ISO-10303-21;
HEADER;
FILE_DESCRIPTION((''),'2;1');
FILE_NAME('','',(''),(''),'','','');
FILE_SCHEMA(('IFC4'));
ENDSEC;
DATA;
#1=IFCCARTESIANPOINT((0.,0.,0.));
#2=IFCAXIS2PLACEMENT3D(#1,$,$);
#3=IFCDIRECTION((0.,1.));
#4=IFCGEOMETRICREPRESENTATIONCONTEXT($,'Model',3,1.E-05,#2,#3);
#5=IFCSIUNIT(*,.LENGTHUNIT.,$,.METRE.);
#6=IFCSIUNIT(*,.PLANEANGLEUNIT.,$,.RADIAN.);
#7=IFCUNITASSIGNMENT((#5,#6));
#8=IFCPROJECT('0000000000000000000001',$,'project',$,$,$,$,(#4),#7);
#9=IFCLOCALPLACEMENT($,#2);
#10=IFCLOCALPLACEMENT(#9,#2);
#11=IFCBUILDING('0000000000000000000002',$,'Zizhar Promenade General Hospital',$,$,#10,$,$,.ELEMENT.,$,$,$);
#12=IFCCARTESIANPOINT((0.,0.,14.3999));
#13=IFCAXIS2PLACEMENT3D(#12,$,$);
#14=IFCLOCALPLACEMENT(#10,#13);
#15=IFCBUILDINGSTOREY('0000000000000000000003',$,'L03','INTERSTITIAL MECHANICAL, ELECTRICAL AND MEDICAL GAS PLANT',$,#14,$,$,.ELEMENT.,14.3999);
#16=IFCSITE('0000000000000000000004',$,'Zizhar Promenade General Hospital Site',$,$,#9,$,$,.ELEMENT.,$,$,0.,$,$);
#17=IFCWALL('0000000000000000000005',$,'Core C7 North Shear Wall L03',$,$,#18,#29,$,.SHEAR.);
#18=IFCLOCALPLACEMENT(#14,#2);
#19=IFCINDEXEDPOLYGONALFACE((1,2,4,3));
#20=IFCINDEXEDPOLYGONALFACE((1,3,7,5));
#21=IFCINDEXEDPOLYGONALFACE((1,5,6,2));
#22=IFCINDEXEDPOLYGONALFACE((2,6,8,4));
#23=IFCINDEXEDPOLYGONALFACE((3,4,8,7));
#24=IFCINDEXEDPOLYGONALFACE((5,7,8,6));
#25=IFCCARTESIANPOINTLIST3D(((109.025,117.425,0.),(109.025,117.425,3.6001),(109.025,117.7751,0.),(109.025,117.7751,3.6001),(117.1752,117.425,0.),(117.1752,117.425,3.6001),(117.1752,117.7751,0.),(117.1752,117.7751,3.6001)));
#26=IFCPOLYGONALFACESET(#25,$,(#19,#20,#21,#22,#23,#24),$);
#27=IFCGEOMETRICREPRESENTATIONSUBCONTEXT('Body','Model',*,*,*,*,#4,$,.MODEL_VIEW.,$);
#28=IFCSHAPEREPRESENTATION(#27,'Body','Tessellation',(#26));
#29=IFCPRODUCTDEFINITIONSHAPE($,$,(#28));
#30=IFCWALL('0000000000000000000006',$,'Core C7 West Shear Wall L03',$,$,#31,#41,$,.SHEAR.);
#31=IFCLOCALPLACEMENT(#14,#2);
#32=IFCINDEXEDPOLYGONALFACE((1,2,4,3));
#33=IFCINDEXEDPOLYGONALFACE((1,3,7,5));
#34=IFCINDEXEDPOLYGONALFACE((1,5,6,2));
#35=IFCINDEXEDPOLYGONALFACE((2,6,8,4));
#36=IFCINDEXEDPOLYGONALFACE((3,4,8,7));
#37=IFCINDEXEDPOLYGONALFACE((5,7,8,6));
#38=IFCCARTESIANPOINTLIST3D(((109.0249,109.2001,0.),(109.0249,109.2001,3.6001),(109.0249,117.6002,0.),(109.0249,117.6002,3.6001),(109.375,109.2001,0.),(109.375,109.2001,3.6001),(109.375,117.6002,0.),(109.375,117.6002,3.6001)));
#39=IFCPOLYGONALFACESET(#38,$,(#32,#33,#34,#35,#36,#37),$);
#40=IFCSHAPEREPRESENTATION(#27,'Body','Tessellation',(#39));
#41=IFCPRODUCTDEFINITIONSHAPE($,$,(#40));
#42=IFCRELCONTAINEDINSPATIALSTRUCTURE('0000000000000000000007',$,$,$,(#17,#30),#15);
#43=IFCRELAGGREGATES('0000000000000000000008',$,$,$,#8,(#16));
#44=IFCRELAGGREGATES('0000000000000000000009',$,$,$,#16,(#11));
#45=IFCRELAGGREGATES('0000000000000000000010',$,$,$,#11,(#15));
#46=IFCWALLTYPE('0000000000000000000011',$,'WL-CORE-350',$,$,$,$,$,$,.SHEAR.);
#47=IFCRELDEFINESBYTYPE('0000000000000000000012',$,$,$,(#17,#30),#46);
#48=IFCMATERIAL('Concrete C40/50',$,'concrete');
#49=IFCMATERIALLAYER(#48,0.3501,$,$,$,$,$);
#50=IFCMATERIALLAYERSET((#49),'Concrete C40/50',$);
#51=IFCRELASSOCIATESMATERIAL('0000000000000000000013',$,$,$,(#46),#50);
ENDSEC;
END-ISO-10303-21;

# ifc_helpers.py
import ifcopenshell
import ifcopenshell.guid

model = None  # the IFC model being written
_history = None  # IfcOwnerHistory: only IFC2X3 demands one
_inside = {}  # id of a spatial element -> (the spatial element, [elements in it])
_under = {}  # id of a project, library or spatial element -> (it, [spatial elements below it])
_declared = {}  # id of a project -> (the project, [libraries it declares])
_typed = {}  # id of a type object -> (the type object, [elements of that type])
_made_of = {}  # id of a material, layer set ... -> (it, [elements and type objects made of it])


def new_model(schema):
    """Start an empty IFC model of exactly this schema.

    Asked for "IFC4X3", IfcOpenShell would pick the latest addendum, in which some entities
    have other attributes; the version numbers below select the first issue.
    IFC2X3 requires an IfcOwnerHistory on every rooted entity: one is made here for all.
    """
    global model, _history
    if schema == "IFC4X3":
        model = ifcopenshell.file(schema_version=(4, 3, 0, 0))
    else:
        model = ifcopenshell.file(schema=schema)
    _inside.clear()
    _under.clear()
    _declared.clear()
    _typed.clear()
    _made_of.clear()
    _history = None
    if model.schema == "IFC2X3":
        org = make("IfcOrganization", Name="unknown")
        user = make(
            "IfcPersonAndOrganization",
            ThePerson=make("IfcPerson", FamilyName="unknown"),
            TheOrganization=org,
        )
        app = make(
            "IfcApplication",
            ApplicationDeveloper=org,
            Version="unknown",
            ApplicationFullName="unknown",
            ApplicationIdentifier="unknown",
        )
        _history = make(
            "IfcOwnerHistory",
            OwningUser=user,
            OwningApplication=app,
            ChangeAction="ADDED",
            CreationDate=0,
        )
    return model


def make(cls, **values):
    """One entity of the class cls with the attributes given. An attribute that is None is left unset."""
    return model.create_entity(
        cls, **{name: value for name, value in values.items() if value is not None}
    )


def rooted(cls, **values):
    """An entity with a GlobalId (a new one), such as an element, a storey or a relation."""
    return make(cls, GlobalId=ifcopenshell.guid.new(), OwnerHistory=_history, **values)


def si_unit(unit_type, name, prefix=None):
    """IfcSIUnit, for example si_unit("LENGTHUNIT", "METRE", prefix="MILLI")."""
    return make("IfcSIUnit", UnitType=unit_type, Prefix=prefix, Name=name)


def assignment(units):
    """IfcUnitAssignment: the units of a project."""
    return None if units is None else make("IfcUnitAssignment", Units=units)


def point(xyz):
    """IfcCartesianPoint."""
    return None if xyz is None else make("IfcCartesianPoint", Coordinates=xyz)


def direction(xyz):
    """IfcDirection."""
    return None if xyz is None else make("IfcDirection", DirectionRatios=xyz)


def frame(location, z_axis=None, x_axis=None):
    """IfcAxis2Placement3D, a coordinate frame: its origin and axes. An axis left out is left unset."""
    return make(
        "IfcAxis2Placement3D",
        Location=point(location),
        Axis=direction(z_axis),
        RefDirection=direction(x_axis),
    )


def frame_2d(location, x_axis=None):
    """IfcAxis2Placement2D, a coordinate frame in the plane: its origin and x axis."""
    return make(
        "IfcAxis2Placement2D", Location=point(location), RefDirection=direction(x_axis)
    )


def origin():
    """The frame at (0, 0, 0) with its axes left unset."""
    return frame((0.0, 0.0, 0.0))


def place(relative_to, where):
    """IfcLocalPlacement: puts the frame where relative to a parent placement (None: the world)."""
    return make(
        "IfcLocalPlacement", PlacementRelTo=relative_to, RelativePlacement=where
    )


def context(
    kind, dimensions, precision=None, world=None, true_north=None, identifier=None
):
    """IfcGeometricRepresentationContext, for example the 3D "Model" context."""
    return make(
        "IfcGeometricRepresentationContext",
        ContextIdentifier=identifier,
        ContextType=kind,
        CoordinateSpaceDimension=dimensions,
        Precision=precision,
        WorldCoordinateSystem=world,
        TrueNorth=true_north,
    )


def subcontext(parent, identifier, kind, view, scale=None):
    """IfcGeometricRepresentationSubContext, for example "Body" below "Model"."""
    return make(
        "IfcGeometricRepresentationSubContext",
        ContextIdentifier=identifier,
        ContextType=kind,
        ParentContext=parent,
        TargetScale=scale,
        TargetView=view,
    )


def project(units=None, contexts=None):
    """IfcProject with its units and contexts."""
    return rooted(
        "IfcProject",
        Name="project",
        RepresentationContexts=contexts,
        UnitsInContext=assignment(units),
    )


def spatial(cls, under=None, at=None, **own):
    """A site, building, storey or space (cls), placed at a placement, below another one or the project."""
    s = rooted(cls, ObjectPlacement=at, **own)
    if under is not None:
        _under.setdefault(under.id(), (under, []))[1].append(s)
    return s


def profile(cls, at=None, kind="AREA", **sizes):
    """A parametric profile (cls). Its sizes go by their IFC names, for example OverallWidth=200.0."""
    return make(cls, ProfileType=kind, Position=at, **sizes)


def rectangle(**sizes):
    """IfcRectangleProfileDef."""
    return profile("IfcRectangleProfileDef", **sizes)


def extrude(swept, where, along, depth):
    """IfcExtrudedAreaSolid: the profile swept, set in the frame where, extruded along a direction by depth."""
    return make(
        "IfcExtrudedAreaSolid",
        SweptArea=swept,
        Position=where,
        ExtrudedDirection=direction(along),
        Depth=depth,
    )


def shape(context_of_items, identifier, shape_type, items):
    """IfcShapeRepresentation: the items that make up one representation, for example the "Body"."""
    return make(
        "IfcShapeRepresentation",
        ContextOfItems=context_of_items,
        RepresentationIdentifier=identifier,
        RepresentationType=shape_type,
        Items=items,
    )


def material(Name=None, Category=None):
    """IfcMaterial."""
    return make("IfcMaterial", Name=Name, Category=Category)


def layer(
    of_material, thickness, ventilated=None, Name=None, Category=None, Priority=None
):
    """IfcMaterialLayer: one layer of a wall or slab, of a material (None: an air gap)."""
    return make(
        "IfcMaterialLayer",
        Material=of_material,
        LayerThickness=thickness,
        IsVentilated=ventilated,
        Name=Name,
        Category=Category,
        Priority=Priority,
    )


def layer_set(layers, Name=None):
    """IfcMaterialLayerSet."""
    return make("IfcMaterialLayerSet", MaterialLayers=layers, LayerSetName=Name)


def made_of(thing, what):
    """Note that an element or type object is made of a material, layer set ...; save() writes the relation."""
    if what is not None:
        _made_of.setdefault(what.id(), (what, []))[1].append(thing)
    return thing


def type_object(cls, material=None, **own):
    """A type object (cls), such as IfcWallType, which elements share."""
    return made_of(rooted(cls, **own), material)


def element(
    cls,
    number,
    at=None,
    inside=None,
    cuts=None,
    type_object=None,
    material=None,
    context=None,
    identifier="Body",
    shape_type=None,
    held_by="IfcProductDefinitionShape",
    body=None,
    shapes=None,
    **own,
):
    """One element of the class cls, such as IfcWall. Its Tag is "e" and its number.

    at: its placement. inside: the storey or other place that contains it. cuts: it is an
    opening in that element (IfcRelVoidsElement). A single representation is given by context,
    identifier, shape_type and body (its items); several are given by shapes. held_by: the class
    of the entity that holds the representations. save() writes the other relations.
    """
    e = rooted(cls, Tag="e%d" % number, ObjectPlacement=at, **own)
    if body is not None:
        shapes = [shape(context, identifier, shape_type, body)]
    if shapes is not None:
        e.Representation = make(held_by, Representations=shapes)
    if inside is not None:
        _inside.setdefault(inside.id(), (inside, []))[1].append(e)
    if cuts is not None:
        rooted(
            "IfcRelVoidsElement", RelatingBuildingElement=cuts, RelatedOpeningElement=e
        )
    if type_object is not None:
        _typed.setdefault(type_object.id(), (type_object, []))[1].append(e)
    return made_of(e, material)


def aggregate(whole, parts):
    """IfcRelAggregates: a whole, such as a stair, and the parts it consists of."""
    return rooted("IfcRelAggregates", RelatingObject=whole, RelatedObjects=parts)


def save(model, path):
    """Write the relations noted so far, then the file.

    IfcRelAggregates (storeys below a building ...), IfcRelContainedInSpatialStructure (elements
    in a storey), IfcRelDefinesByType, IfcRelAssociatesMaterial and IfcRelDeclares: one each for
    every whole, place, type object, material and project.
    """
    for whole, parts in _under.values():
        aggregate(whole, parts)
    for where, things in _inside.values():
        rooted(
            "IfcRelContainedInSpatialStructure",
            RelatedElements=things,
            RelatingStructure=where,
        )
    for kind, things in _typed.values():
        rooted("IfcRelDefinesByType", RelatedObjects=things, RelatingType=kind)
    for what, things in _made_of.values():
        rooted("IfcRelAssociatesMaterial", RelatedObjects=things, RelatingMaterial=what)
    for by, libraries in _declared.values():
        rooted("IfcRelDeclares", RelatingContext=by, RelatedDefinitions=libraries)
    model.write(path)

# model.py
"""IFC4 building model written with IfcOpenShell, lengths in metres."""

from ifc_helpers import new_model, si_unit, direction, frame, frame_2d, origin, place, context, subcontext, project, spatial, rectangle, extrude, material, layer, layer_set, type_object, element, save


model = new_model("IFC4")

# Units and contexts
model_context = context("Model", 3, precision=1e-05, world=origin(), true_north=direction((0.0, 1.0)))
body_context = subcontext(model_context, "Body", "Model", "MODEL_VIEW")
ifc_project = project(units=[si_unit("LENGTHUNIT", "METRE"), si_unit("PLANEANGLEUNIT", "RADIAN")], contexts=[model_context])

# Site, building, storey
site_placement = place(None, origin())
site = spatial("IfcSite", under=ifc_project, at=site_placement, Name="Zizhar Promenade General Hospital Site", CompositionType="ELEMENT", RefElevation=0.0)
building_placement = place(site_placement, origin())
building = spatial("IfcBuilding", under=site, at=building_placement, Name="Zizhar Promenade General Hospital", CompositionType="ELEMENT")
storey_placement = place(building_placement, frame((0.0, 0.0, 14.3999)))
storey = spatial("IfcBuildingStorey", under=building, at=storey_placement, Name="L03", Description="INTERSTITIAL MECHANICAL, ELECTRICAL AND MEDICAL GAS PLANT", CompositionType="ELEMENT", Elevation=14.3999)

# Walls
ifc_material_1 = material(Name="Concrete C40/50", Category="concrete")
ifc_layer_1 = layer(ifc_material_1, 0.3501)
ifc_layer_set_1 = layer_set([ifc_layer_1], Name="Concrete C40/50")
wall_type_1 = type_object("IfcWallType", Name="WL-CORE-350", PredefinedType="SHEAR", material=ifc_layer_set_1)
wall_1_placement = place(storey_placement, frame((109.0249, 117.6001, 0.0), z_axis=(0.0, 0.0, 1.0), x_axis=(1.0, 0.0, 0.0)))
element("IfcWall", 1, at=wall_1_placement, inside=storey, type_object=wall_type_1, Name="Core C7 North Shear Wall L03", PredefinedType="SHEAR", context=body_context, shape_type="SweptSolid", body=[
    extrude(rectangle(XDim=8.1501, YDim=0.3501, at=frame_2d((4.0752, 0.0))), origin(), (0.0, 0.0, 1.0), 3.6001),
])
wall_2_placement = place(storey_placement, frame((109.2, 109.2, 0.0), z_axis=(0.0, 0.0, 1.0), x_axis=(0.0, 1.0, 0.0)))
element("IfcWall", 2, at=wall_2_placement, inside=storey, type_object=wall_type_1, Name="Core C7 West Shear Wall L03", PredefinedType="SHEAR", context=body_context, shape_type="SweptSolid", body=[
    extrude(rectangle(XDim=8.4001, YDim=0.3501, at=frame_2d((4.2002, 0.0))), origin(), (0.0, 0.0, 1.0), 3.6001),
])

save(model, "model.ifc")
